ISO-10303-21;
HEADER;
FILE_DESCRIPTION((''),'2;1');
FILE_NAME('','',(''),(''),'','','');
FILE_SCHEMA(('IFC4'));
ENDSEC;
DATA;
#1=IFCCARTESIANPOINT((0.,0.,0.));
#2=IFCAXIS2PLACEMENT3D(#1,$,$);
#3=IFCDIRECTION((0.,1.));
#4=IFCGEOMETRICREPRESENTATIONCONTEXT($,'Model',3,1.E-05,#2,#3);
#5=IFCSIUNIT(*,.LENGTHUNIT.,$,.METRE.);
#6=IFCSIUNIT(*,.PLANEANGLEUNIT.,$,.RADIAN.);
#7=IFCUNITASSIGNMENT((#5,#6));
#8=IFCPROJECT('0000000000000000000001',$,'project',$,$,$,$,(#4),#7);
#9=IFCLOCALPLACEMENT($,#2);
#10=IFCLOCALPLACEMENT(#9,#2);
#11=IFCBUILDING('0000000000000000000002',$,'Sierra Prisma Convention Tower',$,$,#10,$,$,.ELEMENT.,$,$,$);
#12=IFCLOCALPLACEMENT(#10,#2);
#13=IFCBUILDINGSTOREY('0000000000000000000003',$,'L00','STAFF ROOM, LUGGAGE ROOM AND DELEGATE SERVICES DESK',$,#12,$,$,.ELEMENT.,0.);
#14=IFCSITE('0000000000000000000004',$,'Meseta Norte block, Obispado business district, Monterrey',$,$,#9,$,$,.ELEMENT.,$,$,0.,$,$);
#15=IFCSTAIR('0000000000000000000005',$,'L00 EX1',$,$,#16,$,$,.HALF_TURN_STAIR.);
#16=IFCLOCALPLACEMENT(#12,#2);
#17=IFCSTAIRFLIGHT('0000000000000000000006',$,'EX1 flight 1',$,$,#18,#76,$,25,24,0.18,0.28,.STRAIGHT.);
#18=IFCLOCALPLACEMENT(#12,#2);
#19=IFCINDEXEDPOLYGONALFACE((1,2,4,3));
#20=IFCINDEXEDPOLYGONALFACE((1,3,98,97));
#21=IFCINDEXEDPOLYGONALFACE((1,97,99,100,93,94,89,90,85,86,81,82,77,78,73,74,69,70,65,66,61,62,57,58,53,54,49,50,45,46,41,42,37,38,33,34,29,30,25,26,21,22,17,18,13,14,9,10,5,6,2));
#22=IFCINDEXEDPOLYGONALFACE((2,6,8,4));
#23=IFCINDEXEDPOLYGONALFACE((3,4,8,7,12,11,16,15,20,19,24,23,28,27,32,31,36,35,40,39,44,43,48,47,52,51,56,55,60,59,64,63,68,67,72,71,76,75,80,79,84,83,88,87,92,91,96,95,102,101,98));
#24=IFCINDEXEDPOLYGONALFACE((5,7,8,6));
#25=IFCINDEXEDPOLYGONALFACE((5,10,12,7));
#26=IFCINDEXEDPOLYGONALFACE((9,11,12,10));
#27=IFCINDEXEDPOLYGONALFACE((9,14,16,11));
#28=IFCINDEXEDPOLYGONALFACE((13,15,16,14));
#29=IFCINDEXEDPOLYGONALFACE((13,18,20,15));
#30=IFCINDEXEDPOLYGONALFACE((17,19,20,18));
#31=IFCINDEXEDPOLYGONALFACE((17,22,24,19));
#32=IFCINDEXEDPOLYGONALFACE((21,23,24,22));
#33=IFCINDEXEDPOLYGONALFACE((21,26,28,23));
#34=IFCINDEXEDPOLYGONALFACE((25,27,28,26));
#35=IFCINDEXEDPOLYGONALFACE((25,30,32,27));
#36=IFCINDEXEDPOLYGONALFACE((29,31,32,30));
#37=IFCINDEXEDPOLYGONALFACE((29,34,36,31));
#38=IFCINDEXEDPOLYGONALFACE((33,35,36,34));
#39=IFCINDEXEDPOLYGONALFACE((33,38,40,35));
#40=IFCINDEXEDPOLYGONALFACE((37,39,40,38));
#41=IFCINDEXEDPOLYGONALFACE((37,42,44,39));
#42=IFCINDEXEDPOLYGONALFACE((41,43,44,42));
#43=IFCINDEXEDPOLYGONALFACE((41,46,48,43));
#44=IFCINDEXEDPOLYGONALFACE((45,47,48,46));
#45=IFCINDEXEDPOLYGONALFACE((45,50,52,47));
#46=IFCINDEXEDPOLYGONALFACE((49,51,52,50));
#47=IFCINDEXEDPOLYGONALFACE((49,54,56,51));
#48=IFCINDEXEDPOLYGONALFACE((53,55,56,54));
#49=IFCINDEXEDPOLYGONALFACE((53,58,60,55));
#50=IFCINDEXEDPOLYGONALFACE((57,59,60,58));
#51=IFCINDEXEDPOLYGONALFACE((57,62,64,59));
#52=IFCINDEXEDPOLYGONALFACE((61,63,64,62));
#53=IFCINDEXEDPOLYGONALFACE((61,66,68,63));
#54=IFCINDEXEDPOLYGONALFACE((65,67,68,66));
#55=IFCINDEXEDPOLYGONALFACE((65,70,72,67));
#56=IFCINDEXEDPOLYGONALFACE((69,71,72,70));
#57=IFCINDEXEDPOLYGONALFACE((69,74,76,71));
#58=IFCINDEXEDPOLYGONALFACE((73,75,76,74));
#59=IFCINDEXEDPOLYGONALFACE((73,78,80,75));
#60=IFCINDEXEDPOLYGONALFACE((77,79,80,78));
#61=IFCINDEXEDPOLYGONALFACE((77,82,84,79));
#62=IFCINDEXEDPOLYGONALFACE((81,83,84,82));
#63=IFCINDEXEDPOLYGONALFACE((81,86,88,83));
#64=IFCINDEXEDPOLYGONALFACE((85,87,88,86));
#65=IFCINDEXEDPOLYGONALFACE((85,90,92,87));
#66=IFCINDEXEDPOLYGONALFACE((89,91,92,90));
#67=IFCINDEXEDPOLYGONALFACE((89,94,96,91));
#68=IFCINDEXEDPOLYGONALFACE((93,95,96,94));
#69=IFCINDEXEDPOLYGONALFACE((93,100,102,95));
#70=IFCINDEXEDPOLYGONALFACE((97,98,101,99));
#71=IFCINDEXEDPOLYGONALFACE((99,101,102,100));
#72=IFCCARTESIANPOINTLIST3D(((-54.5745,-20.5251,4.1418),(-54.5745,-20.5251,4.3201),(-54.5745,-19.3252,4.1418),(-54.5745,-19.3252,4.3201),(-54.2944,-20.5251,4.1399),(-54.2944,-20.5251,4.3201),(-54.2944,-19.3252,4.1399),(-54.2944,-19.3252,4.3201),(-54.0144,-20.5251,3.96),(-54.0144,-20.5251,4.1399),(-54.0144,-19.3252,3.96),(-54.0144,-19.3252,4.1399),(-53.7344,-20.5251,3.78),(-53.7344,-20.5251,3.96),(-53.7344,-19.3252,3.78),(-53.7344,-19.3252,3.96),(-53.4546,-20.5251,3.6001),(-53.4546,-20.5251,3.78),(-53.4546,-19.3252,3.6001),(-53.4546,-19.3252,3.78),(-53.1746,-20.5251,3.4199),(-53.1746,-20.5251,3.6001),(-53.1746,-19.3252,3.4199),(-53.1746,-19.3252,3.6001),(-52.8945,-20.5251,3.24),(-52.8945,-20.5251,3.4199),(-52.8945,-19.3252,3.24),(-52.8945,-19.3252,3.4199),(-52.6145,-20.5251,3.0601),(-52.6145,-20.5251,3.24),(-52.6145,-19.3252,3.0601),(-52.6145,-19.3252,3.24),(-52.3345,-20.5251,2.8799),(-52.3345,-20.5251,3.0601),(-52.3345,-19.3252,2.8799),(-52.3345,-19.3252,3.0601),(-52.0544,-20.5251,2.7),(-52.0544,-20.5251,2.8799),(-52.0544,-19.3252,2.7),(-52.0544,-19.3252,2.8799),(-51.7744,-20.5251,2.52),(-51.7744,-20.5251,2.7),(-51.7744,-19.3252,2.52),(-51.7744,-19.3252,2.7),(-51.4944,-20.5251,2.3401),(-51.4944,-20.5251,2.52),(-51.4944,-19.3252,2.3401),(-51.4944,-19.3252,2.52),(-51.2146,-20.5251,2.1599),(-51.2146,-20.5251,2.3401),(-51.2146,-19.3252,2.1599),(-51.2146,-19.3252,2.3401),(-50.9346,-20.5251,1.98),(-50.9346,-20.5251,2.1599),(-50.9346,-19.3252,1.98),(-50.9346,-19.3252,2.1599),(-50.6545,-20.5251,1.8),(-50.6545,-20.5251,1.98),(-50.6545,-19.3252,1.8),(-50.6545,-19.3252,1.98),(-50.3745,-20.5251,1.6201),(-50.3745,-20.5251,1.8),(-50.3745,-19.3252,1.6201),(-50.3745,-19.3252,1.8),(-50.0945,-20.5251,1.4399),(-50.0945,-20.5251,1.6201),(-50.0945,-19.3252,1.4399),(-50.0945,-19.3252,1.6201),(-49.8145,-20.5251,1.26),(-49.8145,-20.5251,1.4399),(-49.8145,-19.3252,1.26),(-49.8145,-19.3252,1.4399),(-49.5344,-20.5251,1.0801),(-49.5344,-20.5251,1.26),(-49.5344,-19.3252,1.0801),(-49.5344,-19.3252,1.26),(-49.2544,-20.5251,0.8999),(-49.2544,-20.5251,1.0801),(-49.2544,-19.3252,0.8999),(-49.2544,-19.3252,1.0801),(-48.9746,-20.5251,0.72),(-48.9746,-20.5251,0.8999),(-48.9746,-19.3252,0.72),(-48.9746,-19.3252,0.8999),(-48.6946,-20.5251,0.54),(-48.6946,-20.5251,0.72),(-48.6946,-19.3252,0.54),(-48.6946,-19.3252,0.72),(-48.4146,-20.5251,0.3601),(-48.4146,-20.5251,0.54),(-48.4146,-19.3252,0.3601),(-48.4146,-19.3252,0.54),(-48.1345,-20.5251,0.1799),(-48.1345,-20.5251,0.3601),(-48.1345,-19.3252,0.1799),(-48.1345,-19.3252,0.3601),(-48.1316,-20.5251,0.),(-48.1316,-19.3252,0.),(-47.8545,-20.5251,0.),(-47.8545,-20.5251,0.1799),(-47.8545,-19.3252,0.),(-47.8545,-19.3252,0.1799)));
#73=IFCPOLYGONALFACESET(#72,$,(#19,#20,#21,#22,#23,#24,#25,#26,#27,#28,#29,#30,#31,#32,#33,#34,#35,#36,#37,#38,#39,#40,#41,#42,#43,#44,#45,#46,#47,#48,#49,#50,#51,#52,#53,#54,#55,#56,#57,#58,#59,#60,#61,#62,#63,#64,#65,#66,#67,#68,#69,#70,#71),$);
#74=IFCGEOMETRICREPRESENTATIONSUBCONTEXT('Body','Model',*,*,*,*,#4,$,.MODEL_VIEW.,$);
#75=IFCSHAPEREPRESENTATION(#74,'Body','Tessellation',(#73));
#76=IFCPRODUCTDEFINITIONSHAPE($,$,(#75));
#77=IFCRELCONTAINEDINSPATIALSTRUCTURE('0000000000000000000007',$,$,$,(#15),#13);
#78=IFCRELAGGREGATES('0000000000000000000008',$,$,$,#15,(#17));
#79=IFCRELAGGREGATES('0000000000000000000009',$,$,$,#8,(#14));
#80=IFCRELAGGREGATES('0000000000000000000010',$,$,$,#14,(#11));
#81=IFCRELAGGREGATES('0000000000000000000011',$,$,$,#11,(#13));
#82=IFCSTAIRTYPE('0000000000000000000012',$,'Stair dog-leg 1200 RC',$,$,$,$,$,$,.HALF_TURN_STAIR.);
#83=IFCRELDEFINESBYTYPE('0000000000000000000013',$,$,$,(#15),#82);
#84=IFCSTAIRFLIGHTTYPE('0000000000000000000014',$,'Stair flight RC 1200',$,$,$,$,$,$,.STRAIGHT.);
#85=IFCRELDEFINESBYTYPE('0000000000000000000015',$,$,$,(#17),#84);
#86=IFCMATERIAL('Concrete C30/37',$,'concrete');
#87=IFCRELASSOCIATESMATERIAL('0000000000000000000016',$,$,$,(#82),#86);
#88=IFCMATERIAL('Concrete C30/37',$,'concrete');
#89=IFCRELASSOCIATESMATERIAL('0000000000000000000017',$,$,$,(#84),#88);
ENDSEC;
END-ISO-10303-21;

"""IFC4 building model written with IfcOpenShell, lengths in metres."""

from ifc_helpers import new_model, si_unit, direction, frame, origin, place, context, subcontext, project, spatial, polyline, outline, extrude, material, type_object, element, aggregate, save


model = new_model("IFC4")

# Units and contexts
model_context = context("Model", 3, precision=1e-05, world=origin(), true_north=direction((0.0, 1.0)))
body_context = subcontext(model_context, "Body", "Model", "MODEL_VIEW")
ifc_project = project(units=[si_unit("LENGTHUNIT", "METRE"), si_unit("PLANEANGLEUNIT", "RADIAN")], contexts=[model_context])

# Site, building, storey
site_placement = place(None, origin())
site = spatial("IfcSite", under=ifc_project, at=site_placement, Name="Meseta Norte block, Obispado business district, Monterrey", CompositionType="ELEMENT", RefElevation=0.0)
building_placement = place(site_placement, origin())
building = spatial("IfcBuilding", under=site, at=building_placement, Name="Sierra Prisma Convention Tower", CompositionType="ELEMENT")
storey_placement = place(building_placement, origin())
storey = spatial("IfcBuildingStorey", under=building, at=storey_placement, Name="L00", Description="STAFF ROOM, LUGGAGE ROOM AND DELEGATE SERVICES DESK", CompositionType="ELEMENT", Elevation=0.0)

# Stair, stair flight
ifc_material_1 = material(Name="Concrete C30/37", Category="concrete")
stair_type = type_object("IfcStairType", Name="Stair dog-leg 1200 RC", PredefinedType="HALF_TURN_STAIR", material=ifc_material_1)
stair_placement = place(storey_placement, origin())
stair = element("IfcStair", 1, at=stair_placement, inside=storey, type_object=stair_type, Name="L00 EX1", PredefinedType="HALF_TURN_STAIR")
ifc_material_2 = material(Name="Concrete C30/37", Category="concrete")
stair_flight_type = type_object("IfcStairFlightType", Name="Stair flight RC 1200", PredefinedType="STRAIGHT", material=ifc_material_2)
stair_flight_placement = place(storey_placement, frame((-47.8545, -19.925, 0.0), z_axis=(0.0, 0.0, 1.0), x_axis=(-1.0, 0.0, 0.0)))
stair_flight = element("IfcStairFlight", 2, at=stair_flight_placement, type_object=stair_flight_type, Name="EX1 flight 1", NumberOfRisers=25, NumberOfTreads=24, PredefinedType="STRAIGHT", RiserHeight=0.18, TreadLength=0.28, context=body_context, shape_type="SweptSolid", body=[
    extrude(outline(polyline([(0.0, 0.0), (0.0, 0.1799), (0.28, 0.1799), (0.28, 0.3601), (0.5601, 0.3601), (0.5601, 0.54), (0.8401, 0.54), (0.8401, 0.72), (1.1201, 0.72), (1.1201, 0.8999), (1.3999, 0.8999), (1.3999, 1.0801), (1.6799, 1.0801), (1.6799, 1.26), (1.96, 1.26), (1.96, 1.4399), (2.24, 1.4399), (2.24, 1.6201), (2.52, 1.6201), (2.52, 1.8), (2.8, 1.8), (2.8, 1.98), (3.0801, 1.98), (3.0801, 2.1599), (3.3601, 2.1599), (3.3601, 2.3401), (3.6399, 2.3401), (3.6399, 2.52), (3.9199, 2.52), (3.9199, 2.7), (4.2, 2.7), (4.2, 2.8799), (4.48, 2.8799), (4.48, 3.0601), (4.76, 3.0601), (4.76, 3.24), (5.04, 3.24), (5.04, 3.4199), (5.3201, 3.4199), (5.3201, 3.6001), (5.6001, 3.6001), (5.6001, 3.78), (5.8799, 3.78), (5.8799, 3.96), (6.1599, 3.96), (6.1599, 4.1399), (6.4399, 4.1399), (6.4399, 4.3201), (6.72, 4.3201), (6.72, 4.5), (6.72, 4.1418), (0.2771, 0.0), (0.0, 0.0)])), frame((0.0, 0.6001, 0.0), z_axis=(0.0, -1.0, 0.0), x_axis=(1.0, 0.0, 0.0)), (0.0, 0.0, 1.0), 1.2),
])
aggregate(stair, [stair_flight])

save(model, "model.ifc")
